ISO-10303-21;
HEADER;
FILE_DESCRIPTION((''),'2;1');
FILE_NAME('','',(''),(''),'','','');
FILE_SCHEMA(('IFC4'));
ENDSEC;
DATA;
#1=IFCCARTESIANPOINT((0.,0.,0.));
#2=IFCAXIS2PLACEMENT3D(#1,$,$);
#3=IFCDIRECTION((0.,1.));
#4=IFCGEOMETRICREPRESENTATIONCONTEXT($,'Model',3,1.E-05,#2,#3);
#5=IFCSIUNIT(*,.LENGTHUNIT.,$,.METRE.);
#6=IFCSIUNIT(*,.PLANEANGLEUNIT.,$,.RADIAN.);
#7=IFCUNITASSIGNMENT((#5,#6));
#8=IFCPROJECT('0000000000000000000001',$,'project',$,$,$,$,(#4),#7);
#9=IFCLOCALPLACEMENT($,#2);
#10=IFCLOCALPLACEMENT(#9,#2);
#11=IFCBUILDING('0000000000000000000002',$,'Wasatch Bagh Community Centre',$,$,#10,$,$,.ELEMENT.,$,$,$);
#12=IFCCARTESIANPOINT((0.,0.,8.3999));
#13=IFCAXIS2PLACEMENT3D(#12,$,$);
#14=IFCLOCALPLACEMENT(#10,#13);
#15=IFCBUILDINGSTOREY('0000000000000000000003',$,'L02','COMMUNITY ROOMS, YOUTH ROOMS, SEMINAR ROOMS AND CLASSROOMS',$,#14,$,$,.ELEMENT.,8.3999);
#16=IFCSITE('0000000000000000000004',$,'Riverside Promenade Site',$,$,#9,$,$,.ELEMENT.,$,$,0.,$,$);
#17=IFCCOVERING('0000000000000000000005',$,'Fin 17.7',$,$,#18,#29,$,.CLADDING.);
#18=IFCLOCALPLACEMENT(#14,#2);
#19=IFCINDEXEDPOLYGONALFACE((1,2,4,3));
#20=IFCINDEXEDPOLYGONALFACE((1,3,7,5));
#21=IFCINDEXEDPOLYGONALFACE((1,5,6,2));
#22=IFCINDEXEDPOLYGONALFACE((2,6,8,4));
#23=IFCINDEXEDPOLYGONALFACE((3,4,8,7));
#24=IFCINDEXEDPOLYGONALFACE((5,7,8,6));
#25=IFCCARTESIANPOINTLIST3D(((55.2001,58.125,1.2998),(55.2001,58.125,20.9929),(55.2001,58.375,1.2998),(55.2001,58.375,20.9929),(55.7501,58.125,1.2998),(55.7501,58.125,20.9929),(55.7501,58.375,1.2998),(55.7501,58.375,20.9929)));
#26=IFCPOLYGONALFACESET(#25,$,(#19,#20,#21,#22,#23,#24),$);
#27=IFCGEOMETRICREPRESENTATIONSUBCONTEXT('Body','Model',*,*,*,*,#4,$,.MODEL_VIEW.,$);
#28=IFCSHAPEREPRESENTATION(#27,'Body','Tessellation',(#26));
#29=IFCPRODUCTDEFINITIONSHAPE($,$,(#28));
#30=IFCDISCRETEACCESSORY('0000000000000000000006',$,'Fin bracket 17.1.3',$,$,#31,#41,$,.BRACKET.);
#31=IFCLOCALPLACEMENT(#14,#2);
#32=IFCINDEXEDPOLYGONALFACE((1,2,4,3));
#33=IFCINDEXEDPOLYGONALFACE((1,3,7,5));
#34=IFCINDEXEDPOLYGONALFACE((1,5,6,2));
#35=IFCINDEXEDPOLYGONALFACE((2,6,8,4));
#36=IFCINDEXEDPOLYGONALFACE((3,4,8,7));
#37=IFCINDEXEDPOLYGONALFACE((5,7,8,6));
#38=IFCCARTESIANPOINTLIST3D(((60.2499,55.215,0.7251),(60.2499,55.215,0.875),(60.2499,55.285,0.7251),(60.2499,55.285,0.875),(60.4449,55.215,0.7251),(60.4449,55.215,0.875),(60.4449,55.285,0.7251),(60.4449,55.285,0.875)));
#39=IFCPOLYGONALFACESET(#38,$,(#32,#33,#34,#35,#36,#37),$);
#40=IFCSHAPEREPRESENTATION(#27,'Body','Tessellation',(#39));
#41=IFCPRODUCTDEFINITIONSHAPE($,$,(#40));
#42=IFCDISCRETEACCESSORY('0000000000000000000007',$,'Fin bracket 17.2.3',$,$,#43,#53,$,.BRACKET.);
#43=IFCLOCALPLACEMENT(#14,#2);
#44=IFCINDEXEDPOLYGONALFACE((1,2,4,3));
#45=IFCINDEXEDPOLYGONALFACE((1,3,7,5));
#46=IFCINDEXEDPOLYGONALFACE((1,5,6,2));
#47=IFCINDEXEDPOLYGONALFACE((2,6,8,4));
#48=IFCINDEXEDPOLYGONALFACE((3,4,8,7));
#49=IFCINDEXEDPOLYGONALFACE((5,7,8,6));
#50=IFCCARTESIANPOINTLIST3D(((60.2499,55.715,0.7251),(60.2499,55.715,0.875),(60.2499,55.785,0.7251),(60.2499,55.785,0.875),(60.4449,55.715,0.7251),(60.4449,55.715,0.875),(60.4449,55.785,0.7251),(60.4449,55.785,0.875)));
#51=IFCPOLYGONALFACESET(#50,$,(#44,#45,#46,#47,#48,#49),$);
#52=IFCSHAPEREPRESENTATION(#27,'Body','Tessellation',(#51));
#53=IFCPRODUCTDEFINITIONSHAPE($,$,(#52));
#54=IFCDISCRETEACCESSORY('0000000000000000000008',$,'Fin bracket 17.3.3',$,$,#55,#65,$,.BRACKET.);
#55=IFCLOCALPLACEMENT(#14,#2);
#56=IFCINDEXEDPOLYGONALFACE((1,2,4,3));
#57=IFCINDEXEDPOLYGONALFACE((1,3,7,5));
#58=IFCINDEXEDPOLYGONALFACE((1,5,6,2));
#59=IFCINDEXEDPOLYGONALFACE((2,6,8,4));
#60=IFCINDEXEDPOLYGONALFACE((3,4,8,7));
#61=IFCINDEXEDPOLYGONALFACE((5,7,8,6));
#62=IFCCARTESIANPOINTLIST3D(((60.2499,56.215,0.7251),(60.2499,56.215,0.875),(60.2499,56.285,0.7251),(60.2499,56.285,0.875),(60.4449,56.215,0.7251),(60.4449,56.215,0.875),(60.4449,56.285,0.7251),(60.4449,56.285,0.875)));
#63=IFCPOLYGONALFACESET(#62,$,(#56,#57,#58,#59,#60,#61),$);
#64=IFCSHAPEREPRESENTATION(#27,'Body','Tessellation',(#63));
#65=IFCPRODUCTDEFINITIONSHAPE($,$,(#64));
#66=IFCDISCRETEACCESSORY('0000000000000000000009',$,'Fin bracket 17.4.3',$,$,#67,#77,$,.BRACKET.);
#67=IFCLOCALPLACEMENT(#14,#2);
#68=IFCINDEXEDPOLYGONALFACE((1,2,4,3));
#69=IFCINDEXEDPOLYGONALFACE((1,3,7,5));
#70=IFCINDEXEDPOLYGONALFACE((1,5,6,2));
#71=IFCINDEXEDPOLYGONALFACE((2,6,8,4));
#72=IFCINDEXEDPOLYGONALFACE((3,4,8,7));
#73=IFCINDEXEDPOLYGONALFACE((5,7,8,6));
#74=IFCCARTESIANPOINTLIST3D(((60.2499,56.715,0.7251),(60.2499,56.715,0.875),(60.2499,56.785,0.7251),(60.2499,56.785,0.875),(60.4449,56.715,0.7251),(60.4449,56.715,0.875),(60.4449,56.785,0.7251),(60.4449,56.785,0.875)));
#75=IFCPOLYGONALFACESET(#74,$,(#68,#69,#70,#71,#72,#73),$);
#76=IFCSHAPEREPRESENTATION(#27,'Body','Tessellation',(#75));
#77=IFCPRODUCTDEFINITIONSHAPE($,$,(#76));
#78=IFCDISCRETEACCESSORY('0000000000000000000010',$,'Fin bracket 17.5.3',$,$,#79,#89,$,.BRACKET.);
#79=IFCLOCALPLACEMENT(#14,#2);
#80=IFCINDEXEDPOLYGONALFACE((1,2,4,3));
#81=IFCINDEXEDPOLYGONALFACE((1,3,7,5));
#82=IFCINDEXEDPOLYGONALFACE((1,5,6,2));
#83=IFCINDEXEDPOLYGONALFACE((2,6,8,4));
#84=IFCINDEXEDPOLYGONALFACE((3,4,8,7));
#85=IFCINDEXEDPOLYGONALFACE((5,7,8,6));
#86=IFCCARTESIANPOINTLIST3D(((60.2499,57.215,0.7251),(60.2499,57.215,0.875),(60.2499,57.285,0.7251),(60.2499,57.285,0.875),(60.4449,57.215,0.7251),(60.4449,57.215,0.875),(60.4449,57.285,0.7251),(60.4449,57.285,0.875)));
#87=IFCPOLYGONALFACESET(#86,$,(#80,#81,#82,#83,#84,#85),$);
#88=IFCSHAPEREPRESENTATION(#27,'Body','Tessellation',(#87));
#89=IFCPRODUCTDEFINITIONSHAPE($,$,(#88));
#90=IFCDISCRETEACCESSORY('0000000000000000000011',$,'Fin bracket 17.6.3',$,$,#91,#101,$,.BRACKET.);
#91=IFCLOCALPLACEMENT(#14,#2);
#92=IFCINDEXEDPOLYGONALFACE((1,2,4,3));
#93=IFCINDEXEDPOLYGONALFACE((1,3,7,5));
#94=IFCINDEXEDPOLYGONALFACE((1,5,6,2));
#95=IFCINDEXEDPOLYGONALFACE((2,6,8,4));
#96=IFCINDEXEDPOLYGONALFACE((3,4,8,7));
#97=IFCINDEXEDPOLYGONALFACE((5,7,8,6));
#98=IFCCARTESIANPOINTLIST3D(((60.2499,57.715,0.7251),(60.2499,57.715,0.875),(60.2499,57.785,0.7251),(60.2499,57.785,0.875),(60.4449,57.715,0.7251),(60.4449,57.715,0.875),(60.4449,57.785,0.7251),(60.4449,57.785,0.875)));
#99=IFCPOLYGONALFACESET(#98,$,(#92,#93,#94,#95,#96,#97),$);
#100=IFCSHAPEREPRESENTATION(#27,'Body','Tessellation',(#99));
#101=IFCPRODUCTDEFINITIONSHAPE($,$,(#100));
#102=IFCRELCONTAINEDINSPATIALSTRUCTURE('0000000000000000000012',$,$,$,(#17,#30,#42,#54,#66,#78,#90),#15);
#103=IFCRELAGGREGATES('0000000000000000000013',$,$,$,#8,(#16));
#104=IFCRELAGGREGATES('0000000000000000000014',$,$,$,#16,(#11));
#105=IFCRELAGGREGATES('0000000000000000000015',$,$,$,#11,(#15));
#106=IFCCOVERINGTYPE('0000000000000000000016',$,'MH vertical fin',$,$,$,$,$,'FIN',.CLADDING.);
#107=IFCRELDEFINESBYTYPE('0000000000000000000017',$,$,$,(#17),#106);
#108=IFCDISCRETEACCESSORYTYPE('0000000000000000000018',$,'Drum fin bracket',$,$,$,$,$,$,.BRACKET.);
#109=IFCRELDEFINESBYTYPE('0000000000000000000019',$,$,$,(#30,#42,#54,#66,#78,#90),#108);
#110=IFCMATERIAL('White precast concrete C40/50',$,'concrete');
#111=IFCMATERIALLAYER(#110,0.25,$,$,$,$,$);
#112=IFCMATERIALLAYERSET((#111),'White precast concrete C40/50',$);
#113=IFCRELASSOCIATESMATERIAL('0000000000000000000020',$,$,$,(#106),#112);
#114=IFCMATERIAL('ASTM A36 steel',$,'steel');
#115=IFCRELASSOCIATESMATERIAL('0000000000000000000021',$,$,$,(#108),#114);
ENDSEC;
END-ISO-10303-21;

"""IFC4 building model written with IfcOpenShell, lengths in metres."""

from ifc_helpers import new_model, si_unit, direction, frame, origin, origin_2d, place, context, subcontext, project, spatial, rectangle, extrude, material, layer, layer_set, type_object, element, save


model = new_model("IFC4")

# Units and contexts
model_context = context("Model", 3, precision=1e-05, world=origin(), true_north=direction((0.0, 1.0)))
body_context = subcontext(model_context, "Body", "Model", "MODEL_VIEW")
ifc_project = project(units=[si_unit("LENGTHUNIT", "METRE"), si_unit("PLANEANGLEUNIT", "RADIAN")], contexts=[model_context])

# Site, building, storey
site_placement = place(None, origin())
site = spatial("IfcSite", under=ifc_project, at=site_placement, Name="Riverside Promenade Site", CompositionType="ELEMENT", RefElevation=0.0)
building_placement = place(site_placement, origin())
building = spatial("IfcBuilding", under=site, at=building_placement, Name="Wasatch Bagh Community Centre", CompositionType="ELEMENT")
storey_placement = place(building_placement, frame((0.0, 0.0, 8.3999)))
storey = spatial("IfcBuildingStorey", under=building, at=storey_placement, Name="L02", Description="COMMUNITY ROOMS, YOUTH ROOMS, SEMINAR ROOMS AND CLASSROOMS", CompositionType="ELEMENT", Elevation=8.3999)

# Covering
ifc_material_1 = material(Name="White precast concrete C40/50", Category="concrete")
ifc_layer_1 = layer(ifc_material_1, 0.25)
ifc_layer_set_1 = layer_set([ifc_layer_1], Name="White precast concrete C40/50")
covering_type = type_object("IfcCoveringType", Name="MH vertical fin", ElementType="FIN", PredefinedType="CLADDING", material=ifc_layer_set_1)
for number, where, z_axis, x_axis, name in (
    (1, (55.4751, 58.25, 1.2998), (0.0, 0.0, 1.0), (0.0, 1.0, 0.0), "Fin 17.7"),
):
    element("IfcCovering", number, at=place(storey_placement, frame(where, z_axis=z_axis, x_axis=x_axis)), inside=storey, type_object=covering_type, Name=name, PredefinedType="CLADDING", context=body_context, shape_type="SweptSolid", body=[
        extrude(rectangle(XDim=0.25, YDim=0.55, at=origin_2d()), origin(), (0.0, 0.0, 1.0), 19.6931),
    ])

# Discrete accessories
ifc_material_2 = material(Name="ASTM A36 steel", Category="steel")
discrete_accessory_type = type_object("IfcDiscreteAccessoryType", Name="Drum fin bracket", PredefinedType="BRACKET", material=ifc_material_2)
for number, where, z_axis, x_axis, name in (
    (2, (60.3474, 55.25, 0.7251), (0.0, 0.0, 1.0), (0.0, 1.0, 0.0), "Fin bracket 17.1.3"),
    (3, (60.3474, 55.75, 0.7251), (0.0, 0.0, 1.0), (0.0, 1.0, 0.0), "Fin bracket 17.2.3"),
    (4, (60.3474, 56.25, 0.7251), (0.0, 0.0, 1.0), (0.0, 1.0, 0.0), "Fin bracket 17.3.3"),
    (5, (60.3474, 56.75, 0.7251), (0.0, 0.0, 1.0), (0.0, 1.0, 0.0), "Fin bracket 17.4.3"),
    (6, (60.3474, 57.25, 0.7251), (0.0, 0.0, 1.0), (0.0, 1.0, 0.0), "Fin bracket 17.5.3"),
    (7, (60.3474, 57.75, 0.7251), (0.0, 0.0, 1.0), (0.0, 1.0, 0.0), "Fin bracket 17.6.3"),
):
    element("IfcDiscreteAccessory", number, at=place(storey_placement, frame(where, z_axis=z_axis, x_axis=x_axis)), inside=storey, type_object=discrete_accessory_type, Name=name, PredefinedType="BRACKET", context=body_context, shape_type="SweptSolid", body=[
        extrude(rectangle(XDim=0.0701, YDim=0.1951, at=origin_2d()), origin(), (0.0, 0.0, 1.0), 0.1499),
    ])

save(model, "model.ifc")
